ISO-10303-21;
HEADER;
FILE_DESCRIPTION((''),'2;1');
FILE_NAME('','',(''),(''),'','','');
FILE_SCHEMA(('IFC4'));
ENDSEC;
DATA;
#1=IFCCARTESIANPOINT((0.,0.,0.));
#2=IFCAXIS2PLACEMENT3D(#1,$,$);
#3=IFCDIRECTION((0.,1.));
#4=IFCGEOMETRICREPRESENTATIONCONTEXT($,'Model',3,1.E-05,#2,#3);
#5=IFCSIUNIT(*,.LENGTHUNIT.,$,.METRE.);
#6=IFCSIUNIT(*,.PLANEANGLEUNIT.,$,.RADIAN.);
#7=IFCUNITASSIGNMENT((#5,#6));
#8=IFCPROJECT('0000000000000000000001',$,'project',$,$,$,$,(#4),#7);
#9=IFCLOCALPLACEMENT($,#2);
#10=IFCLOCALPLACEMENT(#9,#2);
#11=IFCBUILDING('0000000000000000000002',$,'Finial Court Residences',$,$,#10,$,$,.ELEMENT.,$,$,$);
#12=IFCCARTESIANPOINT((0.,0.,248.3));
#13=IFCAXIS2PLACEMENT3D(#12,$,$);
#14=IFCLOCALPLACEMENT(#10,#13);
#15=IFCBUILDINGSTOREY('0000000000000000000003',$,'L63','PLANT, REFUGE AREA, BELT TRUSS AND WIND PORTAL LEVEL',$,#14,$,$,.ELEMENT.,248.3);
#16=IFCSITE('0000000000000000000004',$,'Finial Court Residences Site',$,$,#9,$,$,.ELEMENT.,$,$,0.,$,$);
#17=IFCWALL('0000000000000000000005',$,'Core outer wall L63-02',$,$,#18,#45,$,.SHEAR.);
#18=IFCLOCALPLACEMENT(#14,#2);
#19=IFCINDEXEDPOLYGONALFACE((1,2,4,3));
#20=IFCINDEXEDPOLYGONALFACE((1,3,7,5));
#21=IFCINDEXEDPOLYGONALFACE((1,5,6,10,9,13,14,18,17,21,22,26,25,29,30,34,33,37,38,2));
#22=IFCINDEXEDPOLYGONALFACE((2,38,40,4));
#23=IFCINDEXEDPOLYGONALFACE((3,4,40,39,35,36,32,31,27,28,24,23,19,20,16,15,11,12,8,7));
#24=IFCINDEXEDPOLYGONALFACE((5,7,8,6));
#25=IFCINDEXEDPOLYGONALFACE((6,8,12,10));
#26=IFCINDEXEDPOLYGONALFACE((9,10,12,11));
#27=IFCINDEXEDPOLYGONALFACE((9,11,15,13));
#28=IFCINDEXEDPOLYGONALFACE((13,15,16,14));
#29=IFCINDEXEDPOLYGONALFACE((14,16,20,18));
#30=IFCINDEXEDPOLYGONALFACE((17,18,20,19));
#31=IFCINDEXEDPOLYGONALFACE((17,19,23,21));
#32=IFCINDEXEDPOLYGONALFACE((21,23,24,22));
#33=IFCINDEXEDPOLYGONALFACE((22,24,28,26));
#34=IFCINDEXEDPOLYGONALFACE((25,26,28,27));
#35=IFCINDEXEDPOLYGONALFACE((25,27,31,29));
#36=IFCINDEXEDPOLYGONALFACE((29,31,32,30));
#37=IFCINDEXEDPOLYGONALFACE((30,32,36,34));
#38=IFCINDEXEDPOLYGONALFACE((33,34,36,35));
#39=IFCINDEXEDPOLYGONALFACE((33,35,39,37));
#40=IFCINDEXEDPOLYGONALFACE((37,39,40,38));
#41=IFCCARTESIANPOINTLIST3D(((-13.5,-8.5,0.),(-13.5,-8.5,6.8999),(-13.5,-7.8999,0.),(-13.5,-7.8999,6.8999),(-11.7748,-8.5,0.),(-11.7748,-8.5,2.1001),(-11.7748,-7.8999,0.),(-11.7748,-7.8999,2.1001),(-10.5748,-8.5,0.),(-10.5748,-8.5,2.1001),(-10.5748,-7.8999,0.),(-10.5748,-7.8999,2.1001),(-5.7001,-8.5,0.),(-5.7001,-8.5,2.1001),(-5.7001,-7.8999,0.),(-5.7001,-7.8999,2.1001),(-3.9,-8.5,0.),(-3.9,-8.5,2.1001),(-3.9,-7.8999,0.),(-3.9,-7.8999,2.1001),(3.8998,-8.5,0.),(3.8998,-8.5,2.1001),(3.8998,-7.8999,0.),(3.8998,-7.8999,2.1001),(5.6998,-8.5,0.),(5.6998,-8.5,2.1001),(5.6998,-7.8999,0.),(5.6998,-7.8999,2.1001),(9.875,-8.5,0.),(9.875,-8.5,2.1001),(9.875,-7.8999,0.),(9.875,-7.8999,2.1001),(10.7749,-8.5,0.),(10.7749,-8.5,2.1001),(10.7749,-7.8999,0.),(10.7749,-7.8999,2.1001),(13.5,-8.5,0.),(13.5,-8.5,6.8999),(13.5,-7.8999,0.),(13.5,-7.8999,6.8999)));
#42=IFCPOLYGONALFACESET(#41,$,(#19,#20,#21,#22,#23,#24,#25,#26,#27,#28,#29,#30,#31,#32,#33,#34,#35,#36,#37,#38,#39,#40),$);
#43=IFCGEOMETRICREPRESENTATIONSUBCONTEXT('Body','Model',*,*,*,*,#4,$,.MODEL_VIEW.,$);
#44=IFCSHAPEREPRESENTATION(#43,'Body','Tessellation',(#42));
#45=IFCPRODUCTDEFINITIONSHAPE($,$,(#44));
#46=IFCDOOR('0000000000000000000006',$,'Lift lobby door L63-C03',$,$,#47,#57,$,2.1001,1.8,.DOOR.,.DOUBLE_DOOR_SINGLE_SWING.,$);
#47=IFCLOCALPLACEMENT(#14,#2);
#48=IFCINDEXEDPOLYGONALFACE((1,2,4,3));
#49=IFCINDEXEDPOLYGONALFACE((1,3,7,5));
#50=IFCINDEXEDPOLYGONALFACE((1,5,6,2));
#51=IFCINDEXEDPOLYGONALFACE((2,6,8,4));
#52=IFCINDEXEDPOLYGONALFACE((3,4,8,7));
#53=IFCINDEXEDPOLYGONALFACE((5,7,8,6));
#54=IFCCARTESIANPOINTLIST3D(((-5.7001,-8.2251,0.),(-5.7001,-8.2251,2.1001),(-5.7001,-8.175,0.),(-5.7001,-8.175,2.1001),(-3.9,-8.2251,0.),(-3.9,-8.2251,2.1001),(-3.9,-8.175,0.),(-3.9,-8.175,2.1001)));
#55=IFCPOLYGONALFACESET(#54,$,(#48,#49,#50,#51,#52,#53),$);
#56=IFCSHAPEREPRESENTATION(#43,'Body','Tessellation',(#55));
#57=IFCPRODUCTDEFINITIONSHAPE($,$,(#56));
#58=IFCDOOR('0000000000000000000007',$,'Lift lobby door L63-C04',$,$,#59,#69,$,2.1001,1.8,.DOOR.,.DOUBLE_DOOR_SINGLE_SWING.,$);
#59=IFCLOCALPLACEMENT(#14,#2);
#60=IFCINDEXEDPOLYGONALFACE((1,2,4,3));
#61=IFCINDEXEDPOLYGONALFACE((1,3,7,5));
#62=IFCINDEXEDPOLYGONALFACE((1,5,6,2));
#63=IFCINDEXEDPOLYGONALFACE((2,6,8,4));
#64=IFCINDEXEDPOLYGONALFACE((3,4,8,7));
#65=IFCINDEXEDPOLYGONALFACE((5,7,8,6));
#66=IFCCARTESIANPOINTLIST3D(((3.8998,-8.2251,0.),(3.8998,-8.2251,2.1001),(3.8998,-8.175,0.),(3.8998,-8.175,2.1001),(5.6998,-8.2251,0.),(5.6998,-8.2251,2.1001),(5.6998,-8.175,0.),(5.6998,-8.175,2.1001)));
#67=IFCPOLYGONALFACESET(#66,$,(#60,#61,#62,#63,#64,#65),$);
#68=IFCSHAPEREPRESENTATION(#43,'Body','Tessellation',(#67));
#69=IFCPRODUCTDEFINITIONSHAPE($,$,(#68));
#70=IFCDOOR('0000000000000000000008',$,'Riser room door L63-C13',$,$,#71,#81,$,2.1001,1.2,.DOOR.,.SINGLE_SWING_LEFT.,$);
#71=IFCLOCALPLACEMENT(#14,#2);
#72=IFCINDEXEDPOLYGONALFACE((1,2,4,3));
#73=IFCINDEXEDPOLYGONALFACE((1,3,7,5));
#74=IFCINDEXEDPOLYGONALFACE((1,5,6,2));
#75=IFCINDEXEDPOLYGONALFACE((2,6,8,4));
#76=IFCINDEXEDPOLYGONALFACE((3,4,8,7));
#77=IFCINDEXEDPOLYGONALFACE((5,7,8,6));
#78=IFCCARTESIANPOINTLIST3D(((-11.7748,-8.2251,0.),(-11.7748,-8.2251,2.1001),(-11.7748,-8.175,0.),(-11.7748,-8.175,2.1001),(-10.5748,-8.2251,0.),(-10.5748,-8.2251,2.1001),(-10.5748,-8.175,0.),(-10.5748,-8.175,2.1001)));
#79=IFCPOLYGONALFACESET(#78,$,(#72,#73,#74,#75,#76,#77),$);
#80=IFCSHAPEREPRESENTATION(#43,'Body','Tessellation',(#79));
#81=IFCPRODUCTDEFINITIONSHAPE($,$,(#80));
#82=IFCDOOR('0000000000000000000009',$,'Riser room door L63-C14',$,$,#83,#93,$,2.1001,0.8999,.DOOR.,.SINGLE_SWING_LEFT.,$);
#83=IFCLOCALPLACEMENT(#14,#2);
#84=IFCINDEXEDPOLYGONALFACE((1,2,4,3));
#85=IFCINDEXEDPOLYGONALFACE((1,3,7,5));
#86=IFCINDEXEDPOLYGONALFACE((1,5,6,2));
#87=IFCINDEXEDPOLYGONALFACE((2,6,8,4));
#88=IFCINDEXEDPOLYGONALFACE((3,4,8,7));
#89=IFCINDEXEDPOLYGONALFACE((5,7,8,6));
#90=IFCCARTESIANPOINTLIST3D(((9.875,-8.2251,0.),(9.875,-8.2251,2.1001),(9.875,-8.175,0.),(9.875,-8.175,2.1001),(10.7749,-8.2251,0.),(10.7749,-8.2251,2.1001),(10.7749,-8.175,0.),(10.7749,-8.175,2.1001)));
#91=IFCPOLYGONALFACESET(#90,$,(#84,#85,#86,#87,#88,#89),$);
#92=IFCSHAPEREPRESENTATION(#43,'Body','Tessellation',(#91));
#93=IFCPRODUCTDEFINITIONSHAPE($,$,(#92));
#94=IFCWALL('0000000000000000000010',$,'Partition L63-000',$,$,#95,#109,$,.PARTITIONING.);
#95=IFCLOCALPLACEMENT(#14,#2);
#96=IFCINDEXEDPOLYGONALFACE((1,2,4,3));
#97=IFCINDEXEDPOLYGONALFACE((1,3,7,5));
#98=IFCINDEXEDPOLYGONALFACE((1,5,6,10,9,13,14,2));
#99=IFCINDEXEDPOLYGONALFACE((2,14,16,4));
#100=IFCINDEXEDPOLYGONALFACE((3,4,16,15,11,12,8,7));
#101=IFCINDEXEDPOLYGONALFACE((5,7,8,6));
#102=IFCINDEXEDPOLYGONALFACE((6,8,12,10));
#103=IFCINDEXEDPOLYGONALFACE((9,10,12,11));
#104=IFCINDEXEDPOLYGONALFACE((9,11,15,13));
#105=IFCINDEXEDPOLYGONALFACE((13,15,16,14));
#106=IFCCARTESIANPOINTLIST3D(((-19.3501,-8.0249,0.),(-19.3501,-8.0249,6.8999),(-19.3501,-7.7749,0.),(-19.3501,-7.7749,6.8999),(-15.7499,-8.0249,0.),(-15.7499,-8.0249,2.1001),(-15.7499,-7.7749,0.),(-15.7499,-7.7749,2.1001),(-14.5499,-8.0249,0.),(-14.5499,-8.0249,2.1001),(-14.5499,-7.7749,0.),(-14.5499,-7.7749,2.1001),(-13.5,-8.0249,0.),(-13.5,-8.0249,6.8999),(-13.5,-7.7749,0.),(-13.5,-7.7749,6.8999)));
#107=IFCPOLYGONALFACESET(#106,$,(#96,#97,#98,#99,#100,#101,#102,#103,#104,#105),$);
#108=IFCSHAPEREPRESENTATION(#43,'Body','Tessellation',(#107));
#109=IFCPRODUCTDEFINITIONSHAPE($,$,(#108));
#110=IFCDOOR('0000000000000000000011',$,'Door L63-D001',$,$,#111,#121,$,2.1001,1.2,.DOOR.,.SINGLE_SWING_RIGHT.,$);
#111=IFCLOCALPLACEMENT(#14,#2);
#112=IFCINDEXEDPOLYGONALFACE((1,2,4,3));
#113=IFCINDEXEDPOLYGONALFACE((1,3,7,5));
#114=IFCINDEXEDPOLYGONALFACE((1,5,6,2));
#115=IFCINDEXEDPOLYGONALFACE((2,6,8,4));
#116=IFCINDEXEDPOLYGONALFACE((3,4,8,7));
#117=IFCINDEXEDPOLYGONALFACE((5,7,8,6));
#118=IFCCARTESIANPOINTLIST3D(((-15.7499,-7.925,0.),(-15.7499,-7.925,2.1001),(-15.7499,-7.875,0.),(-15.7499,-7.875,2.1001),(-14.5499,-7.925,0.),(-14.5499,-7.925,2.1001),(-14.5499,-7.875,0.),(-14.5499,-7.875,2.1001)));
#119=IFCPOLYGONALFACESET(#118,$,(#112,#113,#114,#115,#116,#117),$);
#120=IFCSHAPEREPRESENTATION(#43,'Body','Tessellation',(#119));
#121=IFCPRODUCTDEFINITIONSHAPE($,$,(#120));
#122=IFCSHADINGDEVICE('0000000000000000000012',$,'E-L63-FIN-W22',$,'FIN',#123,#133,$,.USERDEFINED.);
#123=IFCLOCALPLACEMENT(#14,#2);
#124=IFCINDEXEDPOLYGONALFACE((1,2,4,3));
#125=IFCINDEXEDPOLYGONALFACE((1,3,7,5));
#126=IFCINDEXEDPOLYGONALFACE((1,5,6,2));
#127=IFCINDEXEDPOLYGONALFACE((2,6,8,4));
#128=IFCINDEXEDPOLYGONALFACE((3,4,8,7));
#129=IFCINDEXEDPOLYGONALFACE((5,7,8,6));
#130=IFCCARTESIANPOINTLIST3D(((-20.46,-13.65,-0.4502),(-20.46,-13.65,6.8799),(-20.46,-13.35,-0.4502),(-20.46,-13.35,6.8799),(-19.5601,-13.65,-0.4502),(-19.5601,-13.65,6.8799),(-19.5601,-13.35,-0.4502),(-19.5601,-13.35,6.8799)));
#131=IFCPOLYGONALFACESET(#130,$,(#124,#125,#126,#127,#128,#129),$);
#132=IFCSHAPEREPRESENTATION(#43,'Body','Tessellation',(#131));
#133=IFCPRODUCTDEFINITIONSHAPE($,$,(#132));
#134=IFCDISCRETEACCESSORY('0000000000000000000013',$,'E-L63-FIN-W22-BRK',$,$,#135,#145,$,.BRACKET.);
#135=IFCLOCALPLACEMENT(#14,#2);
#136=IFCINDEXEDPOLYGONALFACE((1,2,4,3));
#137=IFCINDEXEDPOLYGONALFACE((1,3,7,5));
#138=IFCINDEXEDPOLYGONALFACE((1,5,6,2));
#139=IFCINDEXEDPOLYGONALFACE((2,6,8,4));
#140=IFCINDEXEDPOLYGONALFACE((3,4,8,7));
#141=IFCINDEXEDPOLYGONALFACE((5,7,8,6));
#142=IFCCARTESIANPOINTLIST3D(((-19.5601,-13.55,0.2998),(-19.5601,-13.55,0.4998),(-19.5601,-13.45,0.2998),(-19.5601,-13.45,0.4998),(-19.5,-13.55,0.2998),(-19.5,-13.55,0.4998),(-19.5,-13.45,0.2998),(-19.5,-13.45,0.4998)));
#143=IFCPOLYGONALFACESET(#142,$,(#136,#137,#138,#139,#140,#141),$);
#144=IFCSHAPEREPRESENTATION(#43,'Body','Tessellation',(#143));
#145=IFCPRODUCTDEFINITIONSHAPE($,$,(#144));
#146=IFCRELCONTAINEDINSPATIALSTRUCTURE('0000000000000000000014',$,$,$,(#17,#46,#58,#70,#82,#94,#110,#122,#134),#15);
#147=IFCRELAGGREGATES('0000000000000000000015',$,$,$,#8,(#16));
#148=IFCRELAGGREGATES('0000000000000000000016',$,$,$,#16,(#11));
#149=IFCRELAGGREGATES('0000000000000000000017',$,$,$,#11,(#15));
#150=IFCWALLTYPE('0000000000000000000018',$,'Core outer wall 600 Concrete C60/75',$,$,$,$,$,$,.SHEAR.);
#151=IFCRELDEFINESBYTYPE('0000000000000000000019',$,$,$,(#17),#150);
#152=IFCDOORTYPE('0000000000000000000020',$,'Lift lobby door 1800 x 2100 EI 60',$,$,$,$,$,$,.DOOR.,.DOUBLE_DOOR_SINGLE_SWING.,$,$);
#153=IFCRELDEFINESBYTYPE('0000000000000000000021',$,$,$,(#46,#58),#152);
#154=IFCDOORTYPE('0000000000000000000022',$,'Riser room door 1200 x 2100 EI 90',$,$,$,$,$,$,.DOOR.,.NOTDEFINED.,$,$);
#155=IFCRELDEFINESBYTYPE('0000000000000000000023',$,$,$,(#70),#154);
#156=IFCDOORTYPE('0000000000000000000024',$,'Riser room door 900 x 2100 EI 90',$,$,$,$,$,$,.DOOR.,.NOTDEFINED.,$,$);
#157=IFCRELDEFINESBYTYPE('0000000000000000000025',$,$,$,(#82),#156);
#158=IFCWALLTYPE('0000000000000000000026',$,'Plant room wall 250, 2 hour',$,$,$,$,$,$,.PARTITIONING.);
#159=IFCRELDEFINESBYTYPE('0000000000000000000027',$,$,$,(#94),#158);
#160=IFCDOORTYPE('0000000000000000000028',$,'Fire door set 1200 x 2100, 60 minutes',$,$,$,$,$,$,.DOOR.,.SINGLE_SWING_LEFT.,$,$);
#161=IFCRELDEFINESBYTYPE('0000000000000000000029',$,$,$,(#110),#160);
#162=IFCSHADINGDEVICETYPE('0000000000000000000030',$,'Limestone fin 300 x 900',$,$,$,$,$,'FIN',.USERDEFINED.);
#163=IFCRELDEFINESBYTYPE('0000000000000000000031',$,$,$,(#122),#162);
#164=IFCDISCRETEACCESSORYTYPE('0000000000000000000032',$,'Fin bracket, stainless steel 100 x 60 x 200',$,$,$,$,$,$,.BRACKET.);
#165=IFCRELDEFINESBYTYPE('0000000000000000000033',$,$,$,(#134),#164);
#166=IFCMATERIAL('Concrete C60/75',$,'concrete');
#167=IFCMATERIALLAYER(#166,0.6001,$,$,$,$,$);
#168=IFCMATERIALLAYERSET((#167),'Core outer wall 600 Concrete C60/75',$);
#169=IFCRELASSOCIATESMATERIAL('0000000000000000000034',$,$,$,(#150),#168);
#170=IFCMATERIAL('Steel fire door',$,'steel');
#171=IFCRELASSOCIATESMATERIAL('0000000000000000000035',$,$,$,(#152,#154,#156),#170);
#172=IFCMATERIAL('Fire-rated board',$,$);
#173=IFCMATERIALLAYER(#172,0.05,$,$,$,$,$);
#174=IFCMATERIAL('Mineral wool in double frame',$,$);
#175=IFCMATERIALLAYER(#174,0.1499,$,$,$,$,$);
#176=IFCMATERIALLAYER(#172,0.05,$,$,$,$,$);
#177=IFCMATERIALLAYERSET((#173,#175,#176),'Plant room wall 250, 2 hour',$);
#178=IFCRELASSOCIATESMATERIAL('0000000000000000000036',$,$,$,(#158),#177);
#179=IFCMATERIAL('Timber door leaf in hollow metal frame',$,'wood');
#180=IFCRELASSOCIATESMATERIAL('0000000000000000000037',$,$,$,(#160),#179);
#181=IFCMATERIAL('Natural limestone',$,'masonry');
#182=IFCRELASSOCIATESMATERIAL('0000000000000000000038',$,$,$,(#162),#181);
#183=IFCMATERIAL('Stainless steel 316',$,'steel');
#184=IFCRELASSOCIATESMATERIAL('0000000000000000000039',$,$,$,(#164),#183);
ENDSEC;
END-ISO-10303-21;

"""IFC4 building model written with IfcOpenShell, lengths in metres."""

from ifc_helpers import new_model, si_unit, direction, frame, frame_2d, origin, origin_2d, place, context, subcontext, project, spatial, rectangle, extrude, material, layer, layer_set, type_object, element, fill, save


model = new_model("IFC4")

# Units and contexts
model_context = context("Model", 3, precision=1e-05, world=origin(), true_north=direction((0.0, 1.0)))
body_context = subcontext(model_context, "Body", "Model", "MODEL_VIEW")
ifc_project = project(units=[si_unit("LENGTHUNIT", "METRE"), si_unit("PLANEANGLEUNIT", "RADIAN")], contexts=[model_context])

# Site, building, storey
site_placement = place(None, origin())
site = spatial("IfcSite", under=ifc_project, at=site_placement, Name="Finial Court Residences Site", CompositionType="ELEMENT", RefElevation=0.0)
building_placement = place(site_placement, origin())
building = spatial("IfcBuilding", under=site, at=building_placement, Name="Finial Court Residences", CompositionType="ELEMENT")
storey_placement = place(building_placement, frame((0.0, 0.0, 248.3)))
storey = spatial("IfcBuildingStorey", under=building, at=storey_placement, Name="L63", Description="PLANT, REFUGE AREA, BELT TRUSS AND WIND PORTAL LEVEL", CompositionType="ELEMENT", Elevation=248.3)

# Wall, openings, doors
ifc_material_1 = material(Name="Concrete C60/75", Category="concrete")
ifc_layer_1 = layer(ifc_material_1, 0.6001)
ifc_layer_set_1 = layer_set([ifc_layer_1], Name="Core outer wall 600 Concrete C60/75")
wall_type_1 = type_object("IfcWallType", Name="Core outer wall 600 Concrete C60/75", PredefinedType="SHEAR", material=ifc_layer_set_1)
wall_1_placement = place(storey_placement, frame((-13.5, -8.2, 0.0), z_axis=(0.0, 0.0, 1.0), x_axis=(1.0, 0.0, 0.0)))
wall_1 = element("IfcWall", 1, at=wall_1_placement, inside=storey, type_object=wall_type_1, Name="Core outer wall L63-02", PredefinedType="SHEAR", context=body_context, shape_type="SweptSolid", body=[
    extrude(rectangle(XDim=27.0, YDim=0.6001, at=frame_2d((13.5, 0.0))), origin(), (0.0, 0.0, 1.0), 6.8999),
])
opening_1_placement = place(wall_1_placement, frame((7.8, 0.0, 0.0)))
opening_1 = element("IfcOpeningElement", 2, at=opening_1_placement, cuts=wall_1, PredefinedType="OPENING", context=body_context, shape_type="SweptSolid", body=[
    extrude(rectangle(XDim=1.8, YDim=2.1001, at=frame_2d((0.8999, 1.05))), frame((0.0, 0.3101, 0.0), z_axis=(0.0, -1.0, 0.0), x_axis=(1.0, 0.0, 0.0)), (0.0, 0.0, 1.0), 0.6201),
])
opening_2_placement = place(wall_1_placement, frame((17.3999, 0.0, 0.0)))
opening_2 = element("IfcOpeningElement", 3, at=opening_2_placement, cuts=wall_1, PredefinedType="OPENING", context=body_context, shape_type="SweptSolid", body=[
    extrude(rectangle(XDim=1.8, YDim=2.1001, at=frame_2d((0.8999, 1.05))), frame((0.0, 0.3101, 0.0), z_axis=(0.0, -1.0, 0.0), x_axis=(1.0, 0.0, 0.0)), (0.0, 0.0, 1.0), 0.6201),
])
opening_3_placement = place(wall_1_placement, frame((1.7251, 0.0, 0.0)))
opening_3 = element("IfcOpeningElement", 4, at=opening_3_placement, cuts=wall_1, PredefinedType="OPENING", context=body_context, shape_type="SweptSolid", body=[
    extrude(rectangle(XDim=1.2, YDim=2.1001, at=frame_2d((0.6001, 1.05))), frame((0.0, 0.3101, 0.0), z_axis=(0.0, -1.0, 0.0), x_axis=(1.0, 0.0, 0.0)), (0.0, 0.0, 1.0), 0.6201),
])
opening_4_placement = place(wall_1_placement, frame((23.375, 0.0, 0.0)))
opening_4 = element("IfcOpeningElement", 5, at=opening_4_placement, cuts=wall_1, PredefinedType="OPENING", context=body_context, shape_type="SweptSolid", body=[
    extrude(rectangle(XDim=0.8999, YDim=2.1001, at=frame_2d((0.45, 1.05))), frame((0.0, 0.3101, 0.0), z_axis=(0.0, -1.0, 0.0), x_axis=(1.0, 0.0, 0.0)), (0.0, 0.0, 1.0), 0.6201),
])
ifc_material_2 = material(Name="Steel fire door", Category="steel")
door_type_1 = type_object("IfcDoorType", Name="Lift lobby door 1800 x 2100 EI 60", OperationType="DOUBLE_DOOR_SINGLE_SWING", PredefinedType="DOOR", material=ifc_material_2)
door_1_placement = place(opening_1_placement, origin())
door_1 = element("IfcDoor", 6, at=door_1_placement, inside=storey, type_object=door_type_1, Name="Lift lobby door L63-C03", OperationType="DOUBLE_DOOR_SINGLE_SWING", OverallHeight=2.1001, OverallWidth=1.8, PredefinedType="DOOR", context=body_context, shape_type="SweptSolid", body=[
    extrude(rectangle(XDim=1.8, YDim=2.1001, at=frame_2d((0.8999, 1.05))), frame((0.0, 0.0249, 0.0), z_axis=(0.0, -1.0, 0.0), x_axis=(1.0, 0.0, 0.0)), (0.0, 0.0, 1.0), 0.05),
])
fill(opening_1, door_1)
door_2_placement = place(opening_2_placement, origin())
door_2 = element("IfcDoor", 7, at=door_2_placement, inside=storey, type_object=door_type_1, Name="Lift lobby door L63-C04", OperationType="DOUBLE_DOOR_SINGLE_SWING", OverallHeight=2.1001, OverallWidth=1.8, PredefinedType="DOOR", context=body_context, shape_type="SweptSolid", body=[
    extrude(rectangle(XDim=1.8, YDim=2.1001, at=frame_2d((0.8999, 1.05))), frame((0.0, 0.0249, 0.0), z_axis=(0.0, -1.0, 0.0), x_axis=(1.0, 0.0, 0.0)), (0.0, 0.0, 1.0), 0.05),
])
fill(opening_2, door_2)
door_type_2 = type_object("IfcDoorType", Name="Riser room door 1200 x 2100 EI 90", OperationType="NOTDEFINED", PredefinedType="DOOR", material=ifc_material_2)
door_3_placement = place(opening_3_placement, origin())
door_3 = element("IfcDoor", 8, at=door_3_placement, inside=storey, type_object=door_type_2, Name="Riser room door L63-C13", OperationType="SINGLE_SWING_LEFT", OverallHeight=2.1001, OverallWidth=1.2, PredefinedType="DOOR", context=body_context, shape_type="SweptSolid", body=[
    extrude(rectangle(XDim=1.2, YDim=2.1001, at=frame_2d((0.6001, 1.05))), frame((0.0, 0.0249, 0.0), z_axis=(0.0, -1.0, 0.0), x_axis=(1.0, 0.0, 0.0)), (0.0, 0.0, 1.0), 0.05),
])
fill(opening_3, door_3)
door_type_3 = type_object("IfcDoorType", Name="Riser room door 900 x 2100 EI 90", OperationType="NOTDEFINED", PredefinedType="DOOR", material=ifc_material_2)
door_4_placement = place(opening_4_placement, origin())
door_4 = element("IfcDoor", 9, at=door_4_placement, inside=storey, type_object=door_type_3, Name="Riser room door L63-C14", OperationType="SINGLE_SWING_LEFT", OverallHeight=2.1001, OverallWidth=0.8999, PredefinedType="DOOR", context=body_context, shape_type="SweptSolid", body=[
    extrude(rectangle(XDim=0.8999, YDim=2.1001, at=frame_2d((0.45, 1.05))), frame((0.0, 0.0249, 0.0), z_axis=(0.0, -1.0, 0.0), x_axis=(1.0, 0.0, 0.0)), (0.0, 0.0, 1.0), 0.05),
])
fill(opening_4, door_4)

# Wall, opening, door
ifc_material_3 = material(Name="Fire-rated board")
ifc_layer_2 = layer(ifc_material_3, 0.05)
ifc_material_4 = material(Name="Mineral wool in double frame")
ifc_layer_3 = layer(ifc_material_4, 0.1499)
ifc_layer_4 = layer(ifc_material_3, 0.05)
ifc_layer_set_2 = layer_set([ifc_layer_2, ifc_layer_3, ifc_layer_4], Name="Plant room wall 250, 2 hour")
wall_type_2 = type_object("IfcWallType", Name="Plant room wall 250, 2 hour", PredefinedType="PARTITIONING", material=ifc_layer_set_2)
wall_2_placement = place(storey_placement, frame((-19.3501, -7.8999, 0.0), z_axis=(0.0, 0.0, 1.0), x_axis=(1.0, 0.0, 0.0)))
wall_2 = element("IfcWall", 10, at=wall_2_placement, inside=storey, type_object=wall_type_2, Name="Partition L63-000", PredefinedType="PARTITIONING", context=body_context, shape_type="SweptSolid", body=[
    extrude(rectangle(XDim=5.8501, YDim=0.25, at=frame_2d((2.925, 0.0))), origin(), (0.0, 0.0, 1.0), 6.8999),
])
opening_5_placement = place(wall_2_placement, frame((3.6001, 0.0, 0.0)))
opening_5 = element("IfcOpeningElement", 11, at=opening_5_placement, cuts=wall_2, PredefinedType="OPENING", context=body_context, shape_type="SweptSolid", body=[
    extrude(rectangle(XDim=1.2, YDim=2.1001, at=frame_2d((0.6001, 1.05))), frame((0.0, 0.135, 0.0), z_axis=(0.0, -1.0, 0.0), x_axis=(1.0, 0.0, 0.0)), (0.0, 0.0, 1.0), 0.27),
])
ifc_material_5 = material(Name="Timber door leaf in hollow metal frame", Category="wood")
door_type_4 = type_object("IfcDoorType", Name="Fire door set 1200 x 2100, 60 minutes", OperationType="SINGLE_SWING_LEFT", PredefinedType="DOOR", material=ifc_material_5)
door_5_placement = place(opening_5_placement, origin())
door_5 = element("IfcDoor", 12, at=door_5_placement, inside=storey, type_object=door_type_4, Name="Door L63-D001", OperationType="SINGLE_SWING_RIGHT", OverallHeight=2.1001, OverallWidth=1.2, PredefinedType="DOOR", context=body_context, shape_type="SweptSolid", body=[
    extrude(rectangle(XDim=1.2, YDim=2.1001, at=frame_2d((0.6001, 1.05))), frame((0.0, 0.0249, 0.0), z_axis=(0.0, -1.0, 0.0), x_axis=(1.0, 0.0, 0.0)), (0.0, 0.0, 1.0), 0.05),
])
fill(opening_5, door_5)

# Shading device
ifc_material_6 = material(Name="Natural limestone", Category="masonry")
shading_device_type = type_object("IfcShadingDeviceType", Name="Limestone fin 300 x 900", ElementType="FIN", PredefinedType="USERDEFINED", material=ifc_material_6)
shading_device_placement = place(storey_placement, frame((-20.01, -13.5, -0.4502), z_axis=(0.0, 0.0, 1.0), x_axis=(1.0, 0.0, 0.0)))
element("IfcShadingDevice", 13, at=shading_device_placement, inside=storey, type_object=shading_device_type, Name="E-L63-FIN-W22", ObjectType="FIN", PredefinedType="USERDEFINED", context=body_context, shape_type="SweptSolid", body=[
    extrude(rectangle(XDim=0.8999, YDim=0.3, at=origin_2d()), origin(), (0.0, 0.0, 1.0), 7.3301),
])

# Discrete accessory
ifc_material_7 = material(Name="Stainless steel 316", Category="steel")
discrete_accessory_type = type_object("IfcDiscreteAccessoryType", Name="Fin bracket, stainless steel 100 x 60 x 200", PredefinedType="BRACKET", material=ifc_material_7)
discrete_accessory_placement = place(storey_placement, frame((-19.53, -13.5, 0.2998), z_axis=(0.0, 0.0, 1.0), x_axis=(1.0, 0.0, 0.0)))
element("IfcDiscreteAccessory", 14, at=discrete_accessory_placement, inside=storey, type_object=discrete_accessory_type, Name="E-L63-FIN-W22-BRK", PredefinedType="BRACKET", context=body_context, shape_type="SweptSolid", body=[
    extrude(rectangle(XDim=0.0601, YDim=0.1001, at=origin_2d()), origin(), (0.0, 0.0, 1.0), 0.2),
])

save(model, "model.ifc")
